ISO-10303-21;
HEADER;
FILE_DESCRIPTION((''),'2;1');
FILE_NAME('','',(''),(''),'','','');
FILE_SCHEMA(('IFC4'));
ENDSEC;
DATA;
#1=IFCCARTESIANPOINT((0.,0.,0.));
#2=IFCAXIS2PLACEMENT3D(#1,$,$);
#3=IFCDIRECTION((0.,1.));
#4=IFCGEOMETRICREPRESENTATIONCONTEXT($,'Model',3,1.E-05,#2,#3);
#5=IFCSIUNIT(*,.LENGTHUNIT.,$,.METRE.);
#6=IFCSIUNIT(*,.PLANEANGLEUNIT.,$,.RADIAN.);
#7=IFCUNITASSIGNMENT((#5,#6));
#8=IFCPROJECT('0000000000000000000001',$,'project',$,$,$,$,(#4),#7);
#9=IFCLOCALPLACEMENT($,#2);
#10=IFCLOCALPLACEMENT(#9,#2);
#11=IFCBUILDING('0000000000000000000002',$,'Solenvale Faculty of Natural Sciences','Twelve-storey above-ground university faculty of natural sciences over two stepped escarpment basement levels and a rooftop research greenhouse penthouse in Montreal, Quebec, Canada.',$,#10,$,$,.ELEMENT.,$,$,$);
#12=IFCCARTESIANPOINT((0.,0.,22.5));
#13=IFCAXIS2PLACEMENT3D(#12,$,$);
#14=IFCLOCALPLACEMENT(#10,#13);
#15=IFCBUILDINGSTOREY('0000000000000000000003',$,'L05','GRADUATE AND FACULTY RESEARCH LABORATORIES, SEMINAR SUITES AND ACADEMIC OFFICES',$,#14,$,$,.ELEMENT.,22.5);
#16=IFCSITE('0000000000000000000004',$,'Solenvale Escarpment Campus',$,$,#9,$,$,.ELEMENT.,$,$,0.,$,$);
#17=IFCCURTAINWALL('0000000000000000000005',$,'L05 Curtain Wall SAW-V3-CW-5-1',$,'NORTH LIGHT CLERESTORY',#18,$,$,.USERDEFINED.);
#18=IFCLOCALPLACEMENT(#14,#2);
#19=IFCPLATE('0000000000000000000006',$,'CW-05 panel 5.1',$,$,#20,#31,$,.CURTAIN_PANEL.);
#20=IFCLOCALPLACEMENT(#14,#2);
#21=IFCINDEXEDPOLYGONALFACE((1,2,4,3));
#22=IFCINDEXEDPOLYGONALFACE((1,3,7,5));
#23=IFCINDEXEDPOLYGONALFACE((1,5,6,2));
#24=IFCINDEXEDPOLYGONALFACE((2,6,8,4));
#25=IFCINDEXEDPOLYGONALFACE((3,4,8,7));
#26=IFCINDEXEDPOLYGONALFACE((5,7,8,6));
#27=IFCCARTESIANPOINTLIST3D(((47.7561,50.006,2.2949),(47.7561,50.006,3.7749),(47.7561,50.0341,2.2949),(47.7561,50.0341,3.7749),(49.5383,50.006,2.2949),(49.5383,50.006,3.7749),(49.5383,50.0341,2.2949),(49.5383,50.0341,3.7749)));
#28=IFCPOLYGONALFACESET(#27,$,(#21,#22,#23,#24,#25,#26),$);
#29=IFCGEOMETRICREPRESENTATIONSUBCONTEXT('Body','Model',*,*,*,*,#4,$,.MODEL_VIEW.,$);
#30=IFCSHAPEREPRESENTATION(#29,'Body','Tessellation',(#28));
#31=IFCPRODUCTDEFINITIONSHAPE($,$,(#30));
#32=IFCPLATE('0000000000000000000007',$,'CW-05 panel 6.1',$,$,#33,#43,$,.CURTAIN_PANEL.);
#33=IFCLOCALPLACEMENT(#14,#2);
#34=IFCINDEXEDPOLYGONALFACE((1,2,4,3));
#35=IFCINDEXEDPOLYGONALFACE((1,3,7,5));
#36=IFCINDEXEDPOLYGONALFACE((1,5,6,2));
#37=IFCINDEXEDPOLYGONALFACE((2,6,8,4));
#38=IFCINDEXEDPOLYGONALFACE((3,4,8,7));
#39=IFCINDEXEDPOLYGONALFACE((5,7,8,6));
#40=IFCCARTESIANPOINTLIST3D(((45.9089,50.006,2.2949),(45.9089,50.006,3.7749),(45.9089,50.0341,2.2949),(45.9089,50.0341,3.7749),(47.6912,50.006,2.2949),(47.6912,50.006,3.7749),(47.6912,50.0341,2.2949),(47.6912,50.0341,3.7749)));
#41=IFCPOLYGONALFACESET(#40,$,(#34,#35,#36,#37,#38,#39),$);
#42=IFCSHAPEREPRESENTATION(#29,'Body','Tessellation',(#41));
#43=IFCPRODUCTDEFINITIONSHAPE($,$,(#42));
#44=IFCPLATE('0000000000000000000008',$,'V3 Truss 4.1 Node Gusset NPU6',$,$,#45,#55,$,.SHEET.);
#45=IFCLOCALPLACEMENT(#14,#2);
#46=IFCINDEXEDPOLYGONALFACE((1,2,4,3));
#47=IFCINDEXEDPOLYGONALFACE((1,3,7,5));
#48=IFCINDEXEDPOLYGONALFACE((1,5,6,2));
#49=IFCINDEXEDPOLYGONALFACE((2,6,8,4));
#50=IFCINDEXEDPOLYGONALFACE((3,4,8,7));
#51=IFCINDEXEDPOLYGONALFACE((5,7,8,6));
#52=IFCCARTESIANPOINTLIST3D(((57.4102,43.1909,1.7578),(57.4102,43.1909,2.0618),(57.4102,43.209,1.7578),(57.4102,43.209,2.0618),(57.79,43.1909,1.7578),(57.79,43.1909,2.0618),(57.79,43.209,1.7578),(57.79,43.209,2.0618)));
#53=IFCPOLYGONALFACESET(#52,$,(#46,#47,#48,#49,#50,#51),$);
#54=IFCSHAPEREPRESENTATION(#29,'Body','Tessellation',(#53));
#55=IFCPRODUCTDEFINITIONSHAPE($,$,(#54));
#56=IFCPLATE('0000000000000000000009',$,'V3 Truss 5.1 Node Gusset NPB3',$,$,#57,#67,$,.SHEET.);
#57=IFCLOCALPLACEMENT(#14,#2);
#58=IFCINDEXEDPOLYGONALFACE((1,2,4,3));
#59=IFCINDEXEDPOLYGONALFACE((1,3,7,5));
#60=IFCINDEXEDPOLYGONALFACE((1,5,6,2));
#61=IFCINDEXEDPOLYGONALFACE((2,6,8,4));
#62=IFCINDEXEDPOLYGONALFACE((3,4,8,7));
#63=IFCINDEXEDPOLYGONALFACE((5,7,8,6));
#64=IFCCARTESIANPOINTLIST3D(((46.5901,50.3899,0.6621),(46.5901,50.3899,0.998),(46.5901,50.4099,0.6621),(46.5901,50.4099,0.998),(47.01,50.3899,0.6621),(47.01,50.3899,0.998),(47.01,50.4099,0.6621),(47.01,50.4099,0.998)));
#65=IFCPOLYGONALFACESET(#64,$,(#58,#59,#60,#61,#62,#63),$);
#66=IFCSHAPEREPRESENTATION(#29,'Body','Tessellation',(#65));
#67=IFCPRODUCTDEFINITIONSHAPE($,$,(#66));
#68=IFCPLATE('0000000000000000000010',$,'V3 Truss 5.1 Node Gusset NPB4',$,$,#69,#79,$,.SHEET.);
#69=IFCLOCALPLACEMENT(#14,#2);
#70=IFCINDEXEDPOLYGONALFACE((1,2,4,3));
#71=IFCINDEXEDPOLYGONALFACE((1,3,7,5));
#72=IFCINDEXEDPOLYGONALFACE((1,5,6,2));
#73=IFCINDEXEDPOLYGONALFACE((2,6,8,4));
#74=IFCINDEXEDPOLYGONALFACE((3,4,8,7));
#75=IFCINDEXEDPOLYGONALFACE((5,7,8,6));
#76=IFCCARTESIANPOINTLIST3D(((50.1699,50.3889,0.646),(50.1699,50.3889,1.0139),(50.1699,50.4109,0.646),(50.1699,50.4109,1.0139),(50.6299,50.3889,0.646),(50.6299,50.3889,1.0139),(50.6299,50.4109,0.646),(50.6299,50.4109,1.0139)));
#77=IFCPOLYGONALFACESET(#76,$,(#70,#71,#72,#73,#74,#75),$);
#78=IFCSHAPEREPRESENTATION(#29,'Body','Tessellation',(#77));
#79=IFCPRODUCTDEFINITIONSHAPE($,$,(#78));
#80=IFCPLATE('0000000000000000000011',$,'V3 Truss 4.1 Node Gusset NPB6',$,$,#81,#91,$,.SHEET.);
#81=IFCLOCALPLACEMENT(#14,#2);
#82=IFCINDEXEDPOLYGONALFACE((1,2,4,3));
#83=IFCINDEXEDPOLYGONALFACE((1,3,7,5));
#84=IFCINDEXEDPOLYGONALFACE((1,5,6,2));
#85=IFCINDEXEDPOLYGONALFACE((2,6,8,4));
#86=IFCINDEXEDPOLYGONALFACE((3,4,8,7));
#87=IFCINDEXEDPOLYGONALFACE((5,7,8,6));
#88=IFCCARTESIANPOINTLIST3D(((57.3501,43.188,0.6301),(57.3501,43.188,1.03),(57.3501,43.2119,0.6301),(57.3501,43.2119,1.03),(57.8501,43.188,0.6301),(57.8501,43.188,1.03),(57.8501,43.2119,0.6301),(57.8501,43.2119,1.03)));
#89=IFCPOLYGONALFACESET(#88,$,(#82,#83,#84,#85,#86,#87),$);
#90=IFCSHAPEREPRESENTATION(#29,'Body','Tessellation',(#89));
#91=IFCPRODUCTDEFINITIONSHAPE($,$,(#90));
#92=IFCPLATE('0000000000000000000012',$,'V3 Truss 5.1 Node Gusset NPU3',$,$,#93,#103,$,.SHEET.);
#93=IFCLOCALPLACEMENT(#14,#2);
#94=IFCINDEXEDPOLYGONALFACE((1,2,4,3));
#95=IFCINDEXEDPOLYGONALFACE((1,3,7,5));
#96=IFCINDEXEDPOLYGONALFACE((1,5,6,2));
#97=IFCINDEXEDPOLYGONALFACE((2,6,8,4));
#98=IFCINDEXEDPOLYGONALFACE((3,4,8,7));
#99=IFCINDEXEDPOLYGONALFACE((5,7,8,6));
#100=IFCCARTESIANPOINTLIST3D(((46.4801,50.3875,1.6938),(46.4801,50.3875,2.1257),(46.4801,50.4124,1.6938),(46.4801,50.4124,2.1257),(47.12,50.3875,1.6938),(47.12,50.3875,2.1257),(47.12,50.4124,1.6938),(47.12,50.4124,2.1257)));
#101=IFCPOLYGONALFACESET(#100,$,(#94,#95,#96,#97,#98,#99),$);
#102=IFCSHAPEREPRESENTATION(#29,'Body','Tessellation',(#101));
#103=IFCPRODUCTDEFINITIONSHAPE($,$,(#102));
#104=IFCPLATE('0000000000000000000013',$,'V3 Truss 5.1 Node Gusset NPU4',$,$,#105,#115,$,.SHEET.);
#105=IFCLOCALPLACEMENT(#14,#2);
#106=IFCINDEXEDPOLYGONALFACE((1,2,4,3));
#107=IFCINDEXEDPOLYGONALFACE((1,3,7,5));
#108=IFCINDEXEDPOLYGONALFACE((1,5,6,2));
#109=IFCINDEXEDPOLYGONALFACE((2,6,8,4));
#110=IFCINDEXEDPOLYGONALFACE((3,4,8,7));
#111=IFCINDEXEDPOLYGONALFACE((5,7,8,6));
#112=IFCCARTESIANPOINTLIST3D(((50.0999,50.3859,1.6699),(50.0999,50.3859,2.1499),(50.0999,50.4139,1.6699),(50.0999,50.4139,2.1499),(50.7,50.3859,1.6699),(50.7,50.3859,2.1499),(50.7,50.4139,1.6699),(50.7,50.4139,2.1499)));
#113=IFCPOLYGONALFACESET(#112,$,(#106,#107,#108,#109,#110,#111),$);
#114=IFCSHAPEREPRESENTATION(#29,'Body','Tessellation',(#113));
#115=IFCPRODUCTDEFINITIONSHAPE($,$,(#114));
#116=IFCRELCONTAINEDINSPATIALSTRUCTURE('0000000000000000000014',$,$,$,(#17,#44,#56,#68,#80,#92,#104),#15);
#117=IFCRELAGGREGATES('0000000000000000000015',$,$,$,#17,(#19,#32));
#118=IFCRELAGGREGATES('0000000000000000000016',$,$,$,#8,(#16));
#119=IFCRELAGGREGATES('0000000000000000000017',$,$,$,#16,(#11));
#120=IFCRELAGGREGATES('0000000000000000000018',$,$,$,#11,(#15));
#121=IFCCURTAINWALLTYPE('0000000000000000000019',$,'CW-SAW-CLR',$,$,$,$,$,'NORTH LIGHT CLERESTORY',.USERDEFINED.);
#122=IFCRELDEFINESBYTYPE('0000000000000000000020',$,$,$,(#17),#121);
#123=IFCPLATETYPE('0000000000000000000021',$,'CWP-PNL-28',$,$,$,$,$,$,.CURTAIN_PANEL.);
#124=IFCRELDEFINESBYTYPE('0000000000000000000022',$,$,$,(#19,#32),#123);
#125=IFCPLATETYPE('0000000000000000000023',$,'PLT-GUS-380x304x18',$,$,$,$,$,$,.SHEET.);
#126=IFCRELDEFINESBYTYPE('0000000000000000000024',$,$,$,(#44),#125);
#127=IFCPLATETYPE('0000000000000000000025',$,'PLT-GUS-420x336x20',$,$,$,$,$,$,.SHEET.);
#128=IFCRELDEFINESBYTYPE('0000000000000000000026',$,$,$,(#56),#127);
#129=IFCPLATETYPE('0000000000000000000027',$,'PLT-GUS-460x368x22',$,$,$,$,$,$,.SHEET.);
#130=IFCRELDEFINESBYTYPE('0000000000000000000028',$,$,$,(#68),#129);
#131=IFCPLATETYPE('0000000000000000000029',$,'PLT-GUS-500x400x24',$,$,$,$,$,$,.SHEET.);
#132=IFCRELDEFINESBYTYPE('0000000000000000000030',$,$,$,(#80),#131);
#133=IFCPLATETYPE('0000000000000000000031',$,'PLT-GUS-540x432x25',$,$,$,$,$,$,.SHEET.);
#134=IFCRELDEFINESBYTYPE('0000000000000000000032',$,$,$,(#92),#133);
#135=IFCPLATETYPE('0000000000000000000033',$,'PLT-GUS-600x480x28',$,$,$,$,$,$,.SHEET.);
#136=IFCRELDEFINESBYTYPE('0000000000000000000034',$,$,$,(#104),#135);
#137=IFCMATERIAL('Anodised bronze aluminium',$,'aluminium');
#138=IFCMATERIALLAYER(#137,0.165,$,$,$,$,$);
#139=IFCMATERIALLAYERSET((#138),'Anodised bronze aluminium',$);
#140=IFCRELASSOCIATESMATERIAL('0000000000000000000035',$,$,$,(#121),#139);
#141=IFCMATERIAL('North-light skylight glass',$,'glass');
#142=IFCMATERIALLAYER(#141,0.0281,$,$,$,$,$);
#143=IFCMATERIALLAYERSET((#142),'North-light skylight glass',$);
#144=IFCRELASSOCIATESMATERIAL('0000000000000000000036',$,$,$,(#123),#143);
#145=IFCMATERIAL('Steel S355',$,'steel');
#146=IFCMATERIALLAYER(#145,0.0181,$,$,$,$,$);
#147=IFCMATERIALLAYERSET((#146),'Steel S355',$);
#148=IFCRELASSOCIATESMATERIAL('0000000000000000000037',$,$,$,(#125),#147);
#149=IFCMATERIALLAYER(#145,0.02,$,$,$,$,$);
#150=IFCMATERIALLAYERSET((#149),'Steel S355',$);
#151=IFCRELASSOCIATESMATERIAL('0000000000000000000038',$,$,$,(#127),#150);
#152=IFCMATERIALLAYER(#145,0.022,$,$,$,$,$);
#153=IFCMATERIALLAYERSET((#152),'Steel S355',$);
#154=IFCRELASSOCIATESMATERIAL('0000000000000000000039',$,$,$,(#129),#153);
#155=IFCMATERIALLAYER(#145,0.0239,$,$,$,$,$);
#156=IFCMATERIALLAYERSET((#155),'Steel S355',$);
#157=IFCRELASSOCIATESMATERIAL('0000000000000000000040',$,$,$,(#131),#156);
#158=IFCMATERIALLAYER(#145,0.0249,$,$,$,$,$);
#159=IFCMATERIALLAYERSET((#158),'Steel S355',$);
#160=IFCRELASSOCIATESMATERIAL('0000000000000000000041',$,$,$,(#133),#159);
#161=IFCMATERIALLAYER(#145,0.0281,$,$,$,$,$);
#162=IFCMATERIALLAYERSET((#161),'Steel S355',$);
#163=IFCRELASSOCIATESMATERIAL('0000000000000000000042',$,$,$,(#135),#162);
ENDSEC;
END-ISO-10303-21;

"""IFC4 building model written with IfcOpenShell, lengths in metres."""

from ifc_helpers import new_model, si_unit, direction, frame, origin, origin_2d, place, context, subcontext, project, spatial, rectangle, extrude, material, layer, layer_set, type_object, element, aggregate, save


model = new_model("IFC4")

# Units and contexts
model_context = context("Model", 3, precision=1e-05, world=origin(), true_north=direction((0.0, 1.0)))
body_context = subcontext(model_context, "Body", "Model", "MODEL_VIEW")
ifc_project = project(units=[si_unit("LENGTHUNIT", "METRE"), si_unit("PLANEANGLEUNIT", "RADIAN")], contexts=[model_context])

# Site, building, storey
site_placement = place(None, origin())
site = spatial("IfcSite", under=ifc_project, at=site_placement, Name="Solenvale Escarpment Campus", CompositionType="ELEMENT", RefElevation=0.0)
building_placement = place(site_placement, origin())
building = spatial("IfcBuilding", under=site, at=building_placement, Name="Solenvale Faculty of Natural Sciences", Description="Twelve-storey above-ground university faculty of natural sciences over two stepped escarpment basement levels and a rooftop research greenhouse penthouse in Montreal, Quebec, Canada.", CompositionType="ELEMENT")
storey_placement = place(building_placement, frame((0.0, 0.0, 22.5)))
storey = spatial("IfcBuildingStorey", under=building, at=storey_placement, Name="L05", Description="GRADUATE AND FACULTY RESEARCH LABORATORIES, SEMINAR SUITES AND ACADEMIC OFFICES", CompositionType="ELEMENT", Elevation=22.5)

# Shared definitions
ifc_material_1 = material(Name="Steel S355", Category="steel")

# Curtain wall
ifc_material_2 = material(Name="Anodised bronze aluminium", Category="aluminium")
ifc_layer_1 = layer(ifc_material_2, 0.165)
ifc_layer_set_1 = layer_set([ifc_layer_1], Name="Anodised bronze aluminium")
curtain_wall_type = type_object("IfcCurtainWallType", Name="CW-SAW-CLR", ElementType="NORTH LIGHT CLERESTORY", PredefinedType="USERDEFINED", material=ifc_layer_set_1)
curtain_wall_placement = place(storey_placement, origin())
curtain_wall = element("IfcCurtainWall", 1, at=curtain_wall_placement, inside=storey, type_object=curtain_wall_type, Name="L05 Curtain Wall SAW-V3-CW-5-1", ObjectType="NORTH LIGHT CLERESTORY", PredefinedType="USERDEFINED")

# Plates
ifc_material_3 = material(Name="North-light skylight glass", Category="glass")
ifc_layer_2 = layer(ifc_material_3, 0.0281)
ifc_layer_set_2 = layer_set([ifc_layer_2], Name="North-light skylight glass")
plate_type_1 = type_object("IfcPlateType", Name="CWP-PNL-28", PredefinedType="CURTAIN_PANEL", material=ifc_layer_set_2)
plate_1_placement = place(storey_placement, frame((48.6472, 50.02, 2.2949), z_axis=(0.0, 0.0, 1.0), x_axis=(-1.0, 0.0, 0.0)))
plate_1 = element("IfcPlate", 2, at=plate_1_placement, type_object=plate_type_1, Name="CW-05 panel 5.1", PredefinedType="CURTAIN_PANEL", context=body_context, shape_type="SweptSolid", body=[
    extrude(rectangle(XDim=1.7822, YDim=0.0281, at=origin_2d()), origin(), (0.0, 0.0, 1.0), 1.48),
])
plate_2_placement = place(storey_placement, frame((46.8, 50.02, 2.2949), z_axis=(0.0, 0.0, 1.0), x_axis=(-1.0, 0.0, 0.0)))
plate_2 = element("IfcPlate", 3, at=plate_2_placement, type_object=plate_type_1, Name="CW-05 panel 6.1", PredefinedType="CURTAIN_PANEL", context=body_context, shape_type="SweptSolid", body=[
    extrude(rectangle(XDim=1.7822, YDim=0.0281, at=origin_2d()), origin(), (0.0, 0.0, 1.0), 1.48),
])
aggregate(curtain_wall, [plate_1, plate_2])

# Plates
ifc_layer_3 = layer(ifc_material_1, 0.0181)
ifc_layer_set_3 = layer_set([ifc_layer_3], Name="Steel S355")
plate_type_2 = type_object("IfcPlateType", Name="PLT-GUS-380x304x18", PredefinedType="SHEET", material=ifc_layer_set_3)
plate_3_placement = place(storey_placement, frame((57.6001, 43.2, 1.7578), z_axis=(0.0, 0.0, 1.0), x_axis=(1.0, 0.0, 0.0)))
element("IfcPlate", 4, at=plate_3_placement, inside=storey, type_object=plate_type_2, Name="V3 Truss 4.1 Node Gusset NPU6", PredefinedType="SHEET", context=body_context, shape_type="SweptSolid", body=[
    extrude(rectangle(XDim=0.3799, YDim=0.0181, at=origin_2d()), origin(), (0.0, 0.0, 1.0), 0.304),
])
ifc_layer_4 = layer(ifc_material_1, 0.02)
ifc_layer_set_4 = layer_set([ifc_layer_4], Name="Steel S355")
plate_type_3 = type_object("IfcPlateType", Name="PLT-GUS-420x336x20", PredefinedType="SHEET", material=ifc_layer_set_4)
plate_4_placement = place(storey_placement, frame((46.8, 50.3999, 0.6621), z_axis=(0.0, 0.0, 1.0), x_axis=(1.0, 0.0, 0.0)))
element("IfcPlate", 5, at=plate_4_placement, inside=storey, type_object=plate_type_3, Name="V3 Truss 5.1 Node Gusset NPB3", PredefinedType="SHEET", context=body_context, shape_type="SweptSolid", body=[
    extrude(rectangle(XDim=0.4199, YDim=0.02, at=origin_2d()), origin(), (0.0, 0.0, 1.0), 0.3359),
])
ifc_layer_5 = layer(ifc_material_1, 0.022)
ifc_layer_set_5 = layer_set([ifc_layer_5], Name="Steel S355")
plate_type_4 = type_object("IfcPlateType", Name="PLT-GUS-460x368x22", PredefinedType="SHEET", material=ifc_layer_set_5)
plate_5_placement = place(storey_placement, frame((50.3999, 50.3999, 0.646), z_axis=(0.0, 0.0, 1.0), x_axis=(1.0, 0.0, 0.0)))
element("IfcPlate", 6, at=plate_5_placement, inside=storey, type_object=plate_type_4, Name="V3 Truss 5.1 Node Gusset NPB4", PredefinedType="SHEET", context=body_context, shape_type="SweptSolid", body=[
    extrude(rectangle(XDim=0.46, YDim=0.022, at=origin_2d()), origin(), (0.0, 0.0, 1.0), 0.3679),
])
ifc_layer_6 = layer(ifc_material_1, 0.0239)
ifc_layer_set_6 = layer_set([ifc_layer_6], Name="Steel S355")
plate_type_5 = type_object("IfcPlateType", Name="PLT-GUS-500x400x24", PredefinedType="SHEET", material=ifc_layer_set_6)
plate_6_placement = place(storey_placement, frame((57.6001, 43.2, 0.6301), z_axis=(0.0, 0.0, 1.0), x_axis=(1.0, 0.0, 0.0)))
element("IfcPlate", 7, at=plate_6_placement, inside=storey, type_object=plate_type_5, Name="V3 Truss 4.1 Node Gusset NPB6", PredefinedType="SHEET", context=body_context, shape_type="SweptSolid", body=[
    extrude(rectangle(XDim=0.5, YDim=0.0239, at=origin_2d()), origin(), (0.0, 0.0, 1.0), 0.3999),
])
ifc_layer_7 = layer(ifc_material_1, 0.0249)
ifc_layer_set_7 = layer_set([ifc_layer_7], Name="Steel S355")
plate_type_6 = type_object("IfcPlateType", Name="PLT-GUS-540x432x25", PredefinedType="SHEET", material=ifc_layer_set_7)
plate_7_placement = place(storey_placement, frame((46.8, 50.3999, 1.6938), z_axis=(0.0, 0.0, 1.0), x_axis=(1.0, 0.0, 0.0)))
element("IfcPlate", 8, at=plate_7_placement, inside=storey, type_object=plate_type_6, Name="V3 Truss 5.1 Node Gusset NPU3", PredefinedType="SHEET", context=body_context, shape_type="SweptSolid", body=[
    extrude(rectangle(XDim=0.6399, YDim=0.0249, at=origin_2d()), origin(), (0.0, 0.0, 1.0), 0.4319),
])
ifc_layer_8 = layer(ifc_material_1, 0.0281)
ifc_layer_set_8 = layer_set([ifc_layer_8], Name="Steel S355")
plate_type_7 = type_object("IfcPlateType", Name="PLT-GUS-600x480x28", PredefinedType="SHEET", material=ifc_layer_set_8)
plate_8_placement = place(storey_placement, frame((50.3999, 50.3999, 1.6699), z_axis=(0.0, 0.0, 1.0), x_axis=(1.0, 0.0, 0.0)))
element("IfcPlate", 9, at=plate_8_placement, inside=storey, type_object=plate_type_7, Name="V3 Truss 5.1 Node Gusset NPU4", PredefinedType="SHEET", context=body_context, shape_type="SweptSolid", body=[
    extrude(rectangle(XDim=0.6001, YDim=0.0281, at=origin_2d()), origin(), (0.0, 0.0, 1.0), 0.48),
])

save(model, "model.ifc")
